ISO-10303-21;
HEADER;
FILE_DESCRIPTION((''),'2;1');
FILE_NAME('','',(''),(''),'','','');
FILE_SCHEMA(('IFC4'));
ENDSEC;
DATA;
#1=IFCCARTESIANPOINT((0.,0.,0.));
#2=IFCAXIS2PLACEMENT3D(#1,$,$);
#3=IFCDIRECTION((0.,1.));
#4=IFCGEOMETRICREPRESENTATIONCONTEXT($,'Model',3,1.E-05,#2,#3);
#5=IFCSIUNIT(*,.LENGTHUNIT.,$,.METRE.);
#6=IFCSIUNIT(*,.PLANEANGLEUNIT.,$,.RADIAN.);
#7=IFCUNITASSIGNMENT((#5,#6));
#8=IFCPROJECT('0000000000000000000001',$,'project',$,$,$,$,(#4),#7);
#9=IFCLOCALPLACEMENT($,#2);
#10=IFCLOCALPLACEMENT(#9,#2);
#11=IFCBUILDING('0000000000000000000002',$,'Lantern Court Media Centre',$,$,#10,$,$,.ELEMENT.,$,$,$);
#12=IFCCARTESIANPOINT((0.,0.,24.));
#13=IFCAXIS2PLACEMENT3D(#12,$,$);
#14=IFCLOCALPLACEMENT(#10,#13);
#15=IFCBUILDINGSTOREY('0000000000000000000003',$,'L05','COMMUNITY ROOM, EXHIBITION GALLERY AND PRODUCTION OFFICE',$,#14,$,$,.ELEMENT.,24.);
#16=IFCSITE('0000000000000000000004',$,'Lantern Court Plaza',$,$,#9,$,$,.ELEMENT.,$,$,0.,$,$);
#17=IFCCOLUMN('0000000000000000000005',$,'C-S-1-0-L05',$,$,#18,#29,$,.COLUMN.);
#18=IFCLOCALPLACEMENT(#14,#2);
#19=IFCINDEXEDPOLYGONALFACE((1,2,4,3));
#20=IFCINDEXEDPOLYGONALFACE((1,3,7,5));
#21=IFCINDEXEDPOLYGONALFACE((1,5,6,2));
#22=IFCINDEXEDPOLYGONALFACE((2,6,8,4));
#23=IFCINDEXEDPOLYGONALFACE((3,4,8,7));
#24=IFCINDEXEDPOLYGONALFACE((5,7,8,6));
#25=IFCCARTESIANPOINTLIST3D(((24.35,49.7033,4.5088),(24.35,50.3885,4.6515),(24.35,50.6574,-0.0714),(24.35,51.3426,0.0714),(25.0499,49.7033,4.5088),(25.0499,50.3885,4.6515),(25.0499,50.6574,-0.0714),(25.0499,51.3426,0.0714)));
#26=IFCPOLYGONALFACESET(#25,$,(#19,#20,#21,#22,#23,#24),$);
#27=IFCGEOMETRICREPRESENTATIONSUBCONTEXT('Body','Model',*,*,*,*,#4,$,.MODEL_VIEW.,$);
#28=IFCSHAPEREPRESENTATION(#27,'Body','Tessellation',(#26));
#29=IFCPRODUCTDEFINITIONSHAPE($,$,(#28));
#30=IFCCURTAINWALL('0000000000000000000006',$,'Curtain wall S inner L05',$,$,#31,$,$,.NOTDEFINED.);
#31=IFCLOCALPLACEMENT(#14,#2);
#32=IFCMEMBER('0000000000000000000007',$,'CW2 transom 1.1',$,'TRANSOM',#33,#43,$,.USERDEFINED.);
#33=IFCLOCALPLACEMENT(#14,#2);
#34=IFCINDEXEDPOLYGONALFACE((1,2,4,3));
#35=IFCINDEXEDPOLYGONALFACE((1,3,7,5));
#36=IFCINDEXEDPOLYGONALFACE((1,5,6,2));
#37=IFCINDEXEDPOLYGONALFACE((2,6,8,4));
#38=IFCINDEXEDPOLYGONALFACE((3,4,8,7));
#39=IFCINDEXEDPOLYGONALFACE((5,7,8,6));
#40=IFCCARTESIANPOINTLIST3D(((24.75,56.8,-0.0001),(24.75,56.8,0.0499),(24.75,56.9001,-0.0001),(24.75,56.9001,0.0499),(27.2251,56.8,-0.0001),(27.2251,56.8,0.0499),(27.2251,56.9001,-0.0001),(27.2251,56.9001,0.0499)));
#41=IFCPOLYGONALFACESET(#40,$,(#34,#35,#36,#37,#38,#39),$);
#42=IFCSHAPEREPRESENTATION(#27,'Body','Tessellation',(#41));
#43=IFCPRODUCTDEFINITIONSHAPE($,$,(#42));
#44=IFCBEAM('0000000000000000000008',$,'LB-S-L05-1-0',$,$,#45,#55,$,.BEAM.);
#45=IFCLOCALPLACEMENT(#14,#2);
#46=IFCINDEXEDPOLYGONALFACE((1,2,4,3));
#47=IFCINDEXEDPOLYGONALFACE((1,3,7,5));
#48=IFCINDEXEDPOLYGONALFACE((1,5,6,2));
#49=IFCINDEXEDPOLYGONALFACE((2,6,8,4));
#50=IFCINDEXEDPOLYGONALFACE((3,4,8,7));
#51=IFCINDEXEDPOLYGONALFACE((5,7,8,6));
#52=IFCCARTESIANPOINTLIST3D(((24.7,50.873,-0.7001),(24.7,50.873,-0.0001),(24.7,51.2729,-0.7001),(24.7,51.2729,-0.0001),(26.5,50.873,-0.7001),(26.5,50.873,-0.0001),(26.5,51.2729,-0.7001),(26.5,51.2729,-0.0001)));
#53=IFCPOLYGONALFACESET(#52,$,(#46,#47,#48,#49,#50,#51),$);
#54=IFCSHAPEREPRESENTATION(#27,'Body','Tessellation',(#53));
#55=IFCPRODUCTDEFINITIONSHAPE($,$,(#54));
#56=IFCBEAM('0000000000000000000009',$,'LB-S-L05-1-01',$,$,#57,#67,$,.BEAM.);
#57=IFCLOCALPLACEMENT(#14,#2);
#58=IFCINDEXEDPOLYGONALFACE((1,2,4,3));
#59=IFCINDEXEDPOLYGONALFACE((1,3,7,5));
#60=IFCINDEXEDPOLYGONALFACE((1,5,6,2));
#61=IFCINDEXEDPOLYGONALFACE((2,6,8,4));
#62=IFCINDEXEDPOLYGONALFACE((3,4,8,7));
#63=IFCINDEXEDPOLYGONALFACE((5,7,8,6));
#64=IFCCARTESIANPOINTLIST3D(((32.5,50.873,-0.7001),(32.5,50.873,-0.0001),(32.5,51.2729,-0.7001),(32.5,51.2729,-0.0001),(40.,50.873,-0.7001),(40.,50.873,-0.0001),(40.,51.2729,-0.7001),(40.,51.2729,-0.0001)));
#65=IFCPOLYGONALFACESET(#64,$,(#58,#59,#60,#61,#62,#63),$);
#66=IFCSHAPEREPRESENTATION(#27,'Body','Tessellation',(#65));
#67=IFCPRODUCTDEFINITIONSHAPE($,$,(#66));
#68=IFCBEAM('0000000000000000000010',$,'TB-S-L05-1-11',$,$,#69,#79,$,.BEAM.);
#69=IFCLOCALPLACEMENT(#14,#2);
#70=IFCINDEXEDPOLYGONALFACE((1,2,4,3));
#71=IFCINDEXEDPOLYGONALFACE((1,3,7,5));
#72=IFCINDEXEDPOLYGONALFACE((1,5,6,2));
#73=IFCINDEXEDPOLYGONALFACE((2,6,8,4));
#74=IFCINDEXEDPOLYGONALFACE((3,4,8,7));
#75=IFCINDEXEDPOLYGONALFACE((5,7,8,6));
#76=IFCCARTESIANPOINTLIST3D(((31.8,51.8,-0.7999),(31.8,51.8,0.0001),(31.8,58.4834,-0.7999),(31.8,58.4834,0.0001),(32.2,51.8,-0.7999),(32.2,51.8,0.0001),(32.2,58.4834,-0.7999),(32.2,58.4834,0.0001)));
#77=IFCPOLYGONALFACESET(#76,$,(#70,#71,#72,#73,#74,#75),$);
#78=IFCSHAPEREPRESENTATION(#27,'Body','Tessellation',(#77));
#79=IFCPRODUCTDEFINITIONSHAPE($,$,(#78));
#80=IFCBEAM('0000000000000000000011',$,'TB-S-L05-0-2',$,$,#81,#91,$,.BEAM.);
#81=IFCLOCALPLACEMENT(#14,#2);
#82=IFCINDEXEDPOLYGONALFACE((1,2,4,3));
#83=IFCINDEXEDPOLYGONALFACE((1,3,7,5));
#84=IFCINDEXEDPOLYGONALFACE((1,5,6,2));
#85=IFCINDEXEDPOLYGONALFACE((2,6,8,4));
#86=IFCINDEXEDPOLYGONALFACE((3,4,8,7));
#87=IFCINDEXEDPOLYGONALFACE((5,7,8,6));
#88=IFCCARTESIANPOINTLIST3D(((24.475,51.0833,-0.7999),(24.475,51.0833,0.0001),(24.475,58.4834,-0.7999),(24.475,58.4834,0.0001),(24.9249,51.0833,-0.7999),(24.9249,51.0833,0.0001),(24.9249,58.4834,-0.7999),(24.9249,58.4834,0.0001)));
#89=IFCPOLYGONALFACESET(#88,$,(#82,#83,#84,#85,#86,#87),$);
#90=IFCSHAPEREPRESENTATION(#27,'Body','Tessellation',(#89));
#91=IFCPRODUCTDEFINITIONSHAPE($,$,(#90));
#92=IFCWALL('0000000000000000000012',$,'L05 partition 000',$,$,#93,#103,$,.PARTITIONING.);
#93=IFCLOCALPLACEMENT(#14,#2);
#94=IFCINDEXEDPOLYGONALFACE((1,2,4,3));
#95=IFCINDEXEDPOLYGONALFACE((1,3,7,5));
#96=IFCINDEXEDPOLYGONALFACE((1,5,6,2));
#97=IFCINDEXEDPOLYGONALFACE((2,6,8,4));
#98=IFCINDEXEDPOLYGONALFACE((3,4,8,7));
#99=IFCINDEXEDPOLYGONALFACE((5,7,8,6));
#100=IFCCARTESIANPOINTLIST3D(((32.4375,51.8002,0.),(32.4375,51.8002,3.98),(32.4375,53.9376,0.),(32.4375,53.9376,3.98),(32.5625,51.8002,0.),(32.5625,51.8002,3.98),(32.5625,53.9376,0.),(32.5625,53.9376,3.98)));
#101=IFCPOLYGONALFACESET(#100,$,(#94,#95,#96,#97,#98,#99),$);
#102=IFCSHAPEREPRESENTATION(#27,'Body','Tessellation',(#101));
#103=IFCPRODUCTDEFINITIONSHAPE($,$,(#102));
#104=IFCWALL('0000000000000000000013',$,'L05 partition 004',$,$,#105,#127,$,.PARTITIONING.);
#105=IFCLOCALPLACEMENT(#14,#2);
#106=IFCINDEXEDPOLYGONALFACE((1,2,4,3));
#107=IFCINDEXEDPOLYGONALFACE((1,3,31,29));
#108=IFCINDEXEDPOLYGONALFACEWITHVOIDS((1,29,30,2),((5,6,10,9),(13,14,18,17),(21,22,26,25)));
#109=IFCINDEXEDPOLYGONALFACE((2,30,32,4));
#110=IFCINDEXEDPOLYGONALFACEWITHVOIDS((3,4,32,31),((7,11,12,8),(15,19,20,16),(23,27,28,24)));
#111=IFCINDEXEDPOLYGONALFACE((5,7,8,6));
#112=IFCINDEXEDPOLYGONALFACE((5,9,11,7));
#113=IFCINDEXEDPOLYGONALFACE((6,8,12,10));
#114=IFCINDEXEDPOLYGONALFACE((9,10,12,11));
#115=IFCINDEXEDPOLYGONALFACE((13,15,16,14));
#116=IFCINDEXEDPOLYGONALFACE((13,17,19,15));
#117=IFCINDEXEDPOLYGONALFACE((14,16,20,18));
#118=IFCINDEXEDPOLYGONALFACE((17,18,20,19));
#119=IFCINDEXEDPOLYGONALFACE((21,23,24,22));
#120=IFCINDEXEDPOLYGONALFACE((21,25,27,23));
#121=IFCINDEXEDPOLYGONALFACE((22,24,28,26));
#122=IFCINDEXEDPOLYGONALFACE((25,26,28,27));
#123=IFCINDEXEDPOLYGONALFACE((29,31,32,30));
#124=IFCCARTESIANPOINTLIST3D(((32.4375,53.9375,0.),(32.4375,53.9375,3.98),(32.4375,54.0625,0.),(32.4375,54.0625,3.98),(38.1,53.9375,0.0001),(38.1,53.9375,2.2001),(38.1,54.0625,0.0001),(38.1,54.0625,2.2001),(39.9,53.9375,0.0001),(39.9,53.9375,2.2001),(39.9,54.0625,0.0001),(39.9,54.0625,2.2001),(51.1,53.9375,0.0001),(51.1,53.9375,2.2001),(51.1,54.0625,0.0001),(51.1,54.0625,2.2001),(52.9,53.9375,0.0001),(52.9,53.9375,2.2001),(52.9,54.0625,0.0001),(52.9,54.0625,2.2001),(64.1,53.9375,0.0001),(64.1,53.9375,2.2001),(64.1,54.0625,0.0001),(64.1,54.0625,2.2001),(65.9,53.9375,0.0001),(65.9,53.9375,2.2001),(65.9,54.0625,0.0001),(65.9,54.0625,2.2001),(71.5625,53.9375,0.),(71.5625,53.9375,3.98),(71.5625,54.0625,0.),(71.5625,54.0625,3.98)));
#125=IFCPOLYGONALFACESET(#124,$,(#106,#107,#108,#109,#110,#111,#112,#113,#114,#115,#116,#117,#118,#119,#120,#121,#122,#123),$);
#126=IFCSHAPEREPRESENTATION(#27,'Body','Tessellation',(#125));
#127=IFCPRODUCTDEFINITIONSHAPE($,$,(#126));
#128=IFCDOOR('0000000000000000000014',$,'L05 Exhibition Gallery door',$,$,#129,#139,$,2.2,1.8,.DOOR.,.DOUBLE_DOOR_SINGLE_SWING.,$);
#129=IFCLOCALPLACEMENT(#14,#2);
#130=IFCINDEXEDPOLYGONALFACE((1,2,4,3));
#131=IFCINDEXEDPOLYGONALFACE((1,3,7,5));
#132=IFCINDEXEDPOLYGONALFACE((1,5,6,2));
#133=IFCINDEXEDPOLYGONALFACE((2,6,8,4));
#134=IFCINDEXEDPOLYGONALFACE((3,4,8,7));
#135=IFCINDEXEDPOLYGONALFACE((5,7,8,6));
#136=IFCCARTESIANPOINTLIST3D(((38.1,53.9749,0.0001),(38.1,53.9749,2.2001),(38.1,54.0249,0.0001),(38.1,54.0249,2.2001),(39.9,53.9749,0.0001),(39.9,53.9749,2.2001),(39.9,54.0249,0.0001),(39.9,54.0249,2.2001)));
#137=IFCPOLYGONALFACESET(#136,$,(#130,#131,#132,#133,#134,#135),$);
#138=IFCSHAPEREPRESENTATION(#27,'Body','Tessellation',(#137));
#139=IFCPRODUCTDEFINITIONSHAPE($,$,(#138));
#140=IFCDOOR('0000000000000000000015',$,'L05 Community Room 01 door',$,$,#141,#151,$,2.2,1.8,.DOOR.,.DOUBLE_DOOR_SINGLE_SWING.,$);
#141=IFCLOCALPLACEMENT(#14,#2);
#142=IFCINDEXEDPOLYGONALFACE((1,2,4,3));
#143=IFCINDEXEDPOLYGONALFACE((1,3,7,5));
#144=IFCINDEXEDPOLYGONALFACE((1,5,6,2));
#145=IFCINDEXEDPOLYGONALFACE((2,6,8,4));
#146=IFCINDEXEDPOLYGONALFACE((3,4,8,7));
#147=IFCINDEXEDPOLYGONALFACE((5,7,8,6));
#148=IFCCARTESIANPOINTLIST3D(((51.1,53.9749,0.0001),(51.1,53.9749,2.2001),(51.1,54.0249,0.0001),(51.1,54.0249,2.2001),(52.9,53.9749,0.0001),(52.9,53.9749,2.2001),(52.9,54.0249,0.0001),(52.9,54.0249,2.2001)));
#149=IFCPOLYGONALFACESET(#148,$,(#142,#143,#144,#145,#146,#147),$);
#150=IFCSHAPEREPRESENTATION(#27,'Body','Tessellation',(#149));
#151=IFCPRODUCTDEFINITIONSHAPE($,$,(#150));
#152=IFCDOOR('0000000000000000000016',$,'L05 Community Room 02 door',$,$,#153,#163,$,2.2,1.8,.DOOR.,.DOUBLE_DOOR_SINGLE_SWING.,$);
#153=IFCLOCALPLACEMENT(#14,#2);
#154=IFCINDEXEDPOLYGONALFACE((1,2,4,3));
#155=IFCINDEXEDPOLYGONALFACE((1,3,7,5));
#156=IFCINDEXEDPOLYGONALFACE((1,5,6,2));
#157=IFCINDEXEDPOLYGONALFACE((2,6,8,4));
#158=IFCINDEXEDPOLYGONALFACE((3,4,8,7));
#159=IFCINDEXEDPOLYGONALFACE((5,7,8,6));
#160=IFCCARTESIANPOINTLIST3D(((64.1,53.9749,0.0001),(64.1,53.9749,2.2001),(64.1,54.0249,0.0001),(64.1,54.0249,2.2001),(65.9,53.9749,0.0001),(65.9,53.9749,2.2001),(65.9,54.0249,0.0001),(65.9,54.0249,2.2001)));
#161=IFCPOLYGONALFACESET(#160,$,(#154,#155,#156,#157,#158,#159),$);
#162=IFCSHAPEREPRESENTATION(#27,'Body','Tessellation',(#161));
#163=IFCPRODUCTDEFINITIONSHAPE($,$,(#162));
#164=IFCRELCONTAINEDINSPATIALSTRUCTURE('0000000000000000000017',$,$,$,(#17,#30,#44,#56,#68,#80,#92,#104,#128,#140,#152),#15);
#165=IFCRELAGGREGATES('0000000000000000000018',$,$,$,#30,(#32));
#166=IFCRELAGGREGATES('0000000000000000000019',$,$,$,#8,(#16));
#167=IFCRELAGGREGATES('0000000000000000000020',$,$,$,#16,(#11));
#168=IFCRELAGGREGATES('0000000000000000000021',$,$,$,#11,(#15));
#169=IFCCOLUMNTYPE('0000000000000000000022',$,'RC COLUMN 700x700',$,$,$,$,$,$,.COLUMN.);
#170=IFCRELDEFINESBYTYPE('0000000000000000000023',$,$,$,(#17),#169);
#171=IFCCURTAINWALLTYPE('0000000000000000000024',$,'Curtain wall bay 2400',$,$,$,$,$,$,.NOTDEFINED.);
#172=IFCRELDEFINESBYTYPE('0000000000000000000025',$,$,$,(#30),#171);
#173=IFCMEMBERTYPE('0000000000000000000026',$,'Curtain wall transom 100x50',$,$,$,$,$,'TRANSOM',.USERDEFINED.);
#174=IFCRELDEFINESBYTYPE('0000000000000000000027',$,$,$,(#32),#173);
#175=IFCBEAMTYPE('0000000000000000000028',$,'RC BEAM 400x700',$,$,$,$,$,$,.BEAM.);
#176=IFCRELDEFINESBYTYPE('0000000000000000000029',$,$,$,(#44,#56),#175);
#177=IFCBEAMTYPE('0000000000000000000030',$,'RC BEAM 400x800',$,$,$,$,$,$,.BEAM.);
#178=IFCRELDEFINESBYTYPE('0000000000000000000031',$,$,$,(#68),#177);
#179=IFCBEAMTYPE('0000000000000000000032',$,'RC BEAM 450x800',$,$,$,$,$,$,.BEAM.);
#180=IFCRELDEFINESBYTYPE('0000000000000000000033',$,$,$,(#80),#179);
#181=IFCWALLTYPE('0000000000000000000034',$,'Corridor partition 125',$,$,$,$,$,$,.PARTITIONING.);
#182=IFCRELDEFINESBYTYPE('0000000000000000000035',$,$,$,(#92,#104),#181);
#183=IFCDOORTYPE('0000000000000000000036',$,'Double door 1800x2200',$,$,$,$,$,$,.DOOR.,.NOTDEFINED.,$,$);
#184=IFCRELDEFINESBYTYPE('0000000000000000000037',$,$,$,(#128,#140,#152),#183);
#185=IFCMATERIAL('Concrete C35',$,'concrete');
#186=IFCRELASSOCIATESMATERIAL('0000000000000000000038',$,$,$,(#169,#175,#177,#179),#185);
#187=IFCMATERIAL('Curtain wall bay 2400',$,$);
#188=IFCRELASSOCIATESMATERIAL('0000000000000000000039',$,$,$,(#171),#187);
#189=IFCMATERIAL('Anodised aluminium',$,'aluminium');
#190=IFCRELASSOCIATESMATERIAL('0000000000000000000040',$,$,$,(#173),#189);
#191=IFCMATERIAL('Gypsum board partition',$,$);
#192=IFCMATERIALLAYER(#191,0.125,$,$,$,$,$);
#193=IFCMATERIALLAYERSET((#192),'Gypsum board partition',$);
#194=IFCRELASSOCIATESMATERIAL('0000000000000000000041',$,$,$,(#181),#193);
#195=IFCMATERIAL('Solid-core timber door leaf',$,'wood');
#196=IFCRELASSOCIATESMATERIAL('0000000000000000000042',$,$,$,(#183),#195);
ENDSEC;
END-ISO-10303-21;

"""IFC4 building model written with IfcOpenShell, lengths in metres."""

from ifc_helpers import new_model, si_unit, direction, frame, frame_2d, origin, origin_2d, place, context, subcontext, project, spatial, rectangle, extrude, material, layer, layer_set, material_profile, profile_set, type_object, element, fill, aggregate, save


model = new_model("IFC4")

# Units and contexts
model_context = context("Model", 3, precision=1e-05, world=origin(), true_north=direction((0.0, 1.0)))
body_context = subcontext(model_context, "Body", "Model", "MODEL_VIEW")
ifc_project = project(units=[si_unit("LENGTHUNIT", "METRE"), si_unit("PLANEANGLEUNIT", "RADIAN")], contexts=[model_context])

# Site, building, storey
site_placement = place(None, origin())
site = spatial("IfcSite", under=ifc_project, at=site_placement, Name="Lantern Court Plaza", CompositionType="ELEMENT", RefElevation=0.0)
building_placement = place(site_placement, origin())
building = spatial("IfcBuilding", under=site, at=building_placement, Name="Lantern Court Media Centre", CompositionType="ELEMENT")
storey_placement = place(building_placement, frame((0.0, 0.0, 24.0)))
storey = spatial("IfcBuildingStorey", under=building, at=storey_placement, Name="L05", Description="COMMUNITY ROOM, EXHIBITION GALLERY AND PRODUCTION OFFICE", CompositionType="ELEMENT", Elevation=24.0)

# Column
ifc_material_1 = material(Name="Concrete C35", Category="concrete")
ifc_material_profile_1 = material_profile(ifc_material_1, rectangle(XDim=0.7, YDim=0.7, at=origin_2d()), Name="RC 700x700")
ifc_profile_set_1 = profile_set([ifc_material_profile_1], Name="Concrete C35")
column_type = type_object("IfcColumnType", Name="RC COLUMN 700x700", PredefinedType="COLUMN", material=ifc_profile_set_1)
column_placement = place(storey_placement, frame((24.7, 51.0, 0.0), z_axis=(0.0, -0.203938, 0.978984), x_axis=(1.0, 0.0, 0.0)))
element("IfcColumn", 1, at=column_placement, inside=storey, type_object=column_type, Name="C-S-1-0-L05", PredefinedType="COLUMN", context=body_context, shape_type="SweptSolid", body=[
    extrude(rectangle(XDim=0.7, YDim=0.7, at=origin_2d()), origin(), (0.0, 0.0, 1.0), 4.6785),
])

# Curtain wall, member
ifc_material_2 = material(Name="Curtain wall bay 2400")
curtain_wall_type = type_object("IfcCurtainWallType", Name="Curtain wall bay 2400", PredefinedType="NOTDEFINED", material=ifc_material_2)
curtain_wall_placement = place(storey_placement, origin())
curtain_wall = element("IfcCurtainWall", 2, at=curtain_wall_placement, inside=storey, type_object=curtain_wall_type, Name="Curtain wall S inner L05", PredefinedType="NOTDEFINED")
ifc_material_3 = material(Name="Anodised aluminium", Category="aluminium")
ifc_material_profile_2 = material_profile(ifc_material_3, rectangle(XDim=0.1001, YDim=0.05, at=origin_2d()), Name="AL 50x100")
ifc_profile_set_2 = profile_set([ifc_material_profile_2], Name="Anodised aluminium")
member_type = type_object("IfcMemberType", Name="Curtain wall transom 100x50", ElementType="TRANSOM", PredefinedType="USERDEFINED", material=ifc_profile_set_2)
member_placement = place(storey_placement, frame((24.75, 56.8501, 0.0249), z_axis=(1.0, 0.0, 0.0), x_axis=(0.0, 1.0, 0.0)))
member = element("IfcMember", 3, at=member_placement, type_object=member_type, Name="CW2 transom 1.1", ObjectType="TRANSOM", PredefinedType="USERDEFINED", context=body_context, shape_type="SweptSolid", body=[
    extrude(rectangle(XDim=0.1001, YDim=0.05, at=origin_2d()), origin(), (0.0, 0.0, 1.0), 2.4751),
])
aggregate(curtain_wall, [member])

# Beams
ifc_material_profile_3 = material_profile(ifc_material_1, rectangle(XDim=0.3999, YDim=0.7, at=origin_2d()), Name="RC 400x700")
ifc_profile_set_3 = profile_set([ifc_material_profile_3], Name="Concrete C35")
beam_type_1 = type_object("IfcBeamType", Name="RC BEAM 400x700", PredefinedType="BEAM", material=ifc_profile_set_3)
beam_1_placement = place(storey_placement, frame((24.7, 51.073, -0.3501), z_axis=(1.0, 0.0, 0.0), x_axis=(0.0, 1.0, 0.0)))
element("IfcBeam", 4, at=beam_1_placement, inside=storey, type_object=beam_type_1, Name="LB-S-L05-1-0", PredefinedType="BEAM", context=body_context, shape_type="SweptSolid", body=[
    extrude(rectangle(XDim=0.3999, YDim=0.7, at=origin_2d()), origin(), (0.0, 0.0, 1.0), 1.8),
])
beam_2_placement = place(storey_placement, frame((32.5, 51.073, -0.3501), z_axis=(1.0, 0.0, 0.0), x_axis=(0.0, 1.0, 0.0)))
element("IfcBeam", 5, at=beam_2_placement, inside=storey, type_object=beam_type_1, Name="LB-S-L05-1-01", PredefinedType="BEAM", context=body_context, shape_type="SweptSolid", body=[
    extrude(rectangle(XDim=0.3999, YDim=0.7, at=origin_2d()), origin(), (0.0, 0.0, 1.0), 7.5),
])
ifc_material_profile_4 = material_profile(ifc_material_1, rectangle(XDim=0.3999, YDim=0.8, at=origin_2d()), Name="RC 400x800")
ifc_profile_set_4 = profile_set([ifc_material_profile_4], Name="Concrete C35")
beam_type_2 = type_object("IfcBeamType", Name="RC BEAM 400x800", PredefinedType="BEAM", material=ifc_profile_set_4)
beam_3_placement = place(storey_placement, frame((32.0, 51.8, -0.3999), z_axis=(0.0, 1.0, 0.0), x_axis=(-1.0, 0.0, 0.0)))
element("IfcBeam", 6, at=beam_3_placement, inside=storey, type_object=beam_type_2, Name="TB-S-L05-1-11", PredefinedType="BEAM", context=body_context, shape_type="SweptSolid", body=[
    extrude(rectangle(XDim=0.3999, YDim=0.8, at=origin_2d()), origin(), (0.0, 0.0, 1.0), 6.6833),
])
ifc_material_profile_5 = material_profile(ifc_material_1, rectangle(XDim=0.45, YDim=0.8, at=origin_2d()), Name="RC 450x800")
ifc_profile_set_5 = profile_set([ifc_material_profile_5], Name="Concrete C35")
beam_type_3 = type_object("IfcBeamType", Name="RC BEAM 450x800", PredefinedType="BEAM", material=ifc_profile_set_5)
beam_4_placement = place(storey_placement, frame((24.7, 51.0833, -0.3999), z_axis=(0.0, 1.0, 0.0), x_axis=(-1.0, 0.0, 0.0)))
element("IfcBeam", 7, at=beam_4_placement, inside=storey, type_object=beam_type_3, Name="TB-S-L05-0-2", PredefinedType="BEAM", context=body_context, shape_type="SweptSolid", body=[
    extrude(rectangle(XDim=0.45, YDim=0.8, at=origin_2d()), origin(), (0.0, 0.0, 1.0), 7.4001),
])

# Wall
ifc_material_4 = material(Name="Gypsum board partition")
ifc_layer_1 = layer(ifc_material_4, 0.125)
ifc_layer_set_1 = layer_set([ifc_layer_1], Name="Gypsum board partition")
wall_type_1 = type_object("IfcWallType", Name="Corridor partition 125", PredefinedType="PARTITIONING", material=ifc_layer_set_1)
wall_1_placement = place(storey_placement, frame((32.5, 51.8, 0.0), z_axis=(0.0, 0.0, 1.0), x_axis=(0.0, 1.0, 0.0)))
element("IfcWall", 8, at=wall_1_placement, inside=storey, type_object=wall_type_1, Name="L05 partition 000", PredefinedType="PARTITIONING", context=body_context, shape_type="SweptSolid", body=[
    extrude(rectangle(XDim=2.1375, YDim=0.125, at=frame_2d((1.0688, 0.0))), origin(), (0.0, 0.0, 1.0), 3.98),
])

# Wall, openings, doors
wall_2_placement = place(storey_placement, frame((32.4375, 54.0, 0.0), z_axis=(0.0, 0.0, 1.0), x_axis=(1.0, 0.0, 0.0)))
wall_2 = element("IfcWall", 9, at=wall_2_placement, inside=storey, type_object=wall_type_1, Name="L05 partition 004", PredefinedType="PARTITIONING", context=body_context, shape_type="SweptSolid", body=[
    extrude(rectangle(XDim=39.125, YDim=0.125, at=frame_2d((19.5625, 0.0))), origin(), (0.0, 0.0, 1.0), 3.98),
])
opening_1_placement = place(wall_2_placement, frame((5.6626, 0.0, 0.0)))
opening_1 = element("IfcOpeningElement", 10, at=opening_1_placement, cuts=wall_2, PredefinedType="OPENING", context=body_context, shape_type="SweptSolid", body=[
    extrude(rectangle(XDim=1.8, YDim=2.2, at=frame_2d((0.8999, 1.1001))), frame((0.0, 0.0725, 0.0), z_axis=(0.0, -1.0, 0.0), x_axis=(1.0, 0.0, 0.0)), (0.0, 0.0, 1.0), 0.145),
])
opening_2_placement = place(wall_2_placement, frame((18.6626, 0.0, 0.0)))
opening_2 = element("IfcOpeningElement", 11, at=opening_2_placement, cuts=wall_2, PredefinedType="OPENING", context=body_context, shape_type="SweptSolid", body=[
    extrude(rectangle(XDim=1.8, YDim=2.2, at=frame_2d((0.8999, 1.1001))), frame((0.0, 0.0725, 0.0), z_axis=(0.0, -1.0, 0.0), x_axis=(1.0, 0.0, 0.0)), (0.0, 0.0, 1.0), 0.145),
])
opening_3_placement = place(wall_2_placement, frame((31.6626, 0.0, 0.0)))
opening_3 = element("IfcOpeningElement", 12, at=opening_3_placement, cuts=wall_2, PredefinedType="OPENING", context=body_context, shape_type="SweptSolid", body=[
    extrude(rectangle(XDim=1.8, YDim=2.2, at=frame_2d((0.8999, 1.1001))), frame((0.0, 0.0725, 0.0), z_axis=(0.0, -1.0, 0.0), x_axis=(1.0, 0.0, 0.0)), (0.0, 0.0, 1.0), 0.145),
])
ifc_material_5 = material(Name="Solid-core timber door leaf", Category="wood")
door_type_1 = type_object("IfcDoorType", Name="Double door 1800x2200", OperationType="NOTDEFINED", PredefinedType="DOOR", material=ifc_material_5)
door_1_placement = place(opening_1_placement, origin())
door_1 = element("IfcDoor", 13, at=door_1_placement, inside=storey, type_object=door_type_1, Name="L05 Exhibition Gallery door", OperationType="DOUBLE_DOOR_SINGLE_SWING", OverallHeight=2.2, OverallWidth=1.8, PredefinedType="DOOR", context=body_context, shape_type="SweptSolid", body=[
    extrude(rectangle(XDim=1.8, YDim=2.2, at=frame_2d((0.8999, 1.1001))), frame((0.0, 0.0249, 0.0), z_axis=(0.0, -1.0, 0.0), x_axis=(1.0, 0.0, 0.0)), (0.0, 0.0, 1.0), 0.05),
])
fill(opening_1, door_1)
door_2_placement = place(opening_2_placement, origin())
door_2 = element("IfcDoor", 14, at=door_2_placement, inside=storey, type_object=door_type_1, Name="L05 Community Room 01 door", OperationType="DOUBLE_DOOR_SINGLE_SWING", OverallHeight=2.2, OverallWidth=1.8, PredefinedType="DOOR", context=body_context, shape_type="SweptSolid", body=[
    extrude(rectangle(XDim=1.8, YDim=2.2, at=frame_2d((0.8999, 1.1001))), frame((0.0, 0.0249, 0.0), z_axis=(0.0, -1.0, 0.0), x_axis=(1.0, 0.0, 0.0)), (0.0, 0.0, 1.0), 0.05),
])
fill(opening_2, door_2)
door_3_placement = place(opening_3_placement, origin())
door_3 = element("IfcDoor", 15, at=door_3_placement, inside=storey, type_object=door_type_1, Name="L05 Community Room 02 door", OperationType="DOUBLE_DOOR_SINGLE_SWING", OverallHeight=2.2, OverallWidth=1.8, PredefinedType="DOOR", context=body_context, shape_type="SweptSolid", body=[
    extrude(rectangle(XDim=1.8, YDim=2.2, at=frame_2d((0.8999, 1.1001))), frame((0.0, 0.0249, 0.0), z_axis=(0.0, -1.0, 0.0), x_axis=(1.0, 0.0, 0.0)), (0.0, 0.0, 1.0), 0.05),
])
fill(opening_3, door_3)

save(model, "model.ifc")
